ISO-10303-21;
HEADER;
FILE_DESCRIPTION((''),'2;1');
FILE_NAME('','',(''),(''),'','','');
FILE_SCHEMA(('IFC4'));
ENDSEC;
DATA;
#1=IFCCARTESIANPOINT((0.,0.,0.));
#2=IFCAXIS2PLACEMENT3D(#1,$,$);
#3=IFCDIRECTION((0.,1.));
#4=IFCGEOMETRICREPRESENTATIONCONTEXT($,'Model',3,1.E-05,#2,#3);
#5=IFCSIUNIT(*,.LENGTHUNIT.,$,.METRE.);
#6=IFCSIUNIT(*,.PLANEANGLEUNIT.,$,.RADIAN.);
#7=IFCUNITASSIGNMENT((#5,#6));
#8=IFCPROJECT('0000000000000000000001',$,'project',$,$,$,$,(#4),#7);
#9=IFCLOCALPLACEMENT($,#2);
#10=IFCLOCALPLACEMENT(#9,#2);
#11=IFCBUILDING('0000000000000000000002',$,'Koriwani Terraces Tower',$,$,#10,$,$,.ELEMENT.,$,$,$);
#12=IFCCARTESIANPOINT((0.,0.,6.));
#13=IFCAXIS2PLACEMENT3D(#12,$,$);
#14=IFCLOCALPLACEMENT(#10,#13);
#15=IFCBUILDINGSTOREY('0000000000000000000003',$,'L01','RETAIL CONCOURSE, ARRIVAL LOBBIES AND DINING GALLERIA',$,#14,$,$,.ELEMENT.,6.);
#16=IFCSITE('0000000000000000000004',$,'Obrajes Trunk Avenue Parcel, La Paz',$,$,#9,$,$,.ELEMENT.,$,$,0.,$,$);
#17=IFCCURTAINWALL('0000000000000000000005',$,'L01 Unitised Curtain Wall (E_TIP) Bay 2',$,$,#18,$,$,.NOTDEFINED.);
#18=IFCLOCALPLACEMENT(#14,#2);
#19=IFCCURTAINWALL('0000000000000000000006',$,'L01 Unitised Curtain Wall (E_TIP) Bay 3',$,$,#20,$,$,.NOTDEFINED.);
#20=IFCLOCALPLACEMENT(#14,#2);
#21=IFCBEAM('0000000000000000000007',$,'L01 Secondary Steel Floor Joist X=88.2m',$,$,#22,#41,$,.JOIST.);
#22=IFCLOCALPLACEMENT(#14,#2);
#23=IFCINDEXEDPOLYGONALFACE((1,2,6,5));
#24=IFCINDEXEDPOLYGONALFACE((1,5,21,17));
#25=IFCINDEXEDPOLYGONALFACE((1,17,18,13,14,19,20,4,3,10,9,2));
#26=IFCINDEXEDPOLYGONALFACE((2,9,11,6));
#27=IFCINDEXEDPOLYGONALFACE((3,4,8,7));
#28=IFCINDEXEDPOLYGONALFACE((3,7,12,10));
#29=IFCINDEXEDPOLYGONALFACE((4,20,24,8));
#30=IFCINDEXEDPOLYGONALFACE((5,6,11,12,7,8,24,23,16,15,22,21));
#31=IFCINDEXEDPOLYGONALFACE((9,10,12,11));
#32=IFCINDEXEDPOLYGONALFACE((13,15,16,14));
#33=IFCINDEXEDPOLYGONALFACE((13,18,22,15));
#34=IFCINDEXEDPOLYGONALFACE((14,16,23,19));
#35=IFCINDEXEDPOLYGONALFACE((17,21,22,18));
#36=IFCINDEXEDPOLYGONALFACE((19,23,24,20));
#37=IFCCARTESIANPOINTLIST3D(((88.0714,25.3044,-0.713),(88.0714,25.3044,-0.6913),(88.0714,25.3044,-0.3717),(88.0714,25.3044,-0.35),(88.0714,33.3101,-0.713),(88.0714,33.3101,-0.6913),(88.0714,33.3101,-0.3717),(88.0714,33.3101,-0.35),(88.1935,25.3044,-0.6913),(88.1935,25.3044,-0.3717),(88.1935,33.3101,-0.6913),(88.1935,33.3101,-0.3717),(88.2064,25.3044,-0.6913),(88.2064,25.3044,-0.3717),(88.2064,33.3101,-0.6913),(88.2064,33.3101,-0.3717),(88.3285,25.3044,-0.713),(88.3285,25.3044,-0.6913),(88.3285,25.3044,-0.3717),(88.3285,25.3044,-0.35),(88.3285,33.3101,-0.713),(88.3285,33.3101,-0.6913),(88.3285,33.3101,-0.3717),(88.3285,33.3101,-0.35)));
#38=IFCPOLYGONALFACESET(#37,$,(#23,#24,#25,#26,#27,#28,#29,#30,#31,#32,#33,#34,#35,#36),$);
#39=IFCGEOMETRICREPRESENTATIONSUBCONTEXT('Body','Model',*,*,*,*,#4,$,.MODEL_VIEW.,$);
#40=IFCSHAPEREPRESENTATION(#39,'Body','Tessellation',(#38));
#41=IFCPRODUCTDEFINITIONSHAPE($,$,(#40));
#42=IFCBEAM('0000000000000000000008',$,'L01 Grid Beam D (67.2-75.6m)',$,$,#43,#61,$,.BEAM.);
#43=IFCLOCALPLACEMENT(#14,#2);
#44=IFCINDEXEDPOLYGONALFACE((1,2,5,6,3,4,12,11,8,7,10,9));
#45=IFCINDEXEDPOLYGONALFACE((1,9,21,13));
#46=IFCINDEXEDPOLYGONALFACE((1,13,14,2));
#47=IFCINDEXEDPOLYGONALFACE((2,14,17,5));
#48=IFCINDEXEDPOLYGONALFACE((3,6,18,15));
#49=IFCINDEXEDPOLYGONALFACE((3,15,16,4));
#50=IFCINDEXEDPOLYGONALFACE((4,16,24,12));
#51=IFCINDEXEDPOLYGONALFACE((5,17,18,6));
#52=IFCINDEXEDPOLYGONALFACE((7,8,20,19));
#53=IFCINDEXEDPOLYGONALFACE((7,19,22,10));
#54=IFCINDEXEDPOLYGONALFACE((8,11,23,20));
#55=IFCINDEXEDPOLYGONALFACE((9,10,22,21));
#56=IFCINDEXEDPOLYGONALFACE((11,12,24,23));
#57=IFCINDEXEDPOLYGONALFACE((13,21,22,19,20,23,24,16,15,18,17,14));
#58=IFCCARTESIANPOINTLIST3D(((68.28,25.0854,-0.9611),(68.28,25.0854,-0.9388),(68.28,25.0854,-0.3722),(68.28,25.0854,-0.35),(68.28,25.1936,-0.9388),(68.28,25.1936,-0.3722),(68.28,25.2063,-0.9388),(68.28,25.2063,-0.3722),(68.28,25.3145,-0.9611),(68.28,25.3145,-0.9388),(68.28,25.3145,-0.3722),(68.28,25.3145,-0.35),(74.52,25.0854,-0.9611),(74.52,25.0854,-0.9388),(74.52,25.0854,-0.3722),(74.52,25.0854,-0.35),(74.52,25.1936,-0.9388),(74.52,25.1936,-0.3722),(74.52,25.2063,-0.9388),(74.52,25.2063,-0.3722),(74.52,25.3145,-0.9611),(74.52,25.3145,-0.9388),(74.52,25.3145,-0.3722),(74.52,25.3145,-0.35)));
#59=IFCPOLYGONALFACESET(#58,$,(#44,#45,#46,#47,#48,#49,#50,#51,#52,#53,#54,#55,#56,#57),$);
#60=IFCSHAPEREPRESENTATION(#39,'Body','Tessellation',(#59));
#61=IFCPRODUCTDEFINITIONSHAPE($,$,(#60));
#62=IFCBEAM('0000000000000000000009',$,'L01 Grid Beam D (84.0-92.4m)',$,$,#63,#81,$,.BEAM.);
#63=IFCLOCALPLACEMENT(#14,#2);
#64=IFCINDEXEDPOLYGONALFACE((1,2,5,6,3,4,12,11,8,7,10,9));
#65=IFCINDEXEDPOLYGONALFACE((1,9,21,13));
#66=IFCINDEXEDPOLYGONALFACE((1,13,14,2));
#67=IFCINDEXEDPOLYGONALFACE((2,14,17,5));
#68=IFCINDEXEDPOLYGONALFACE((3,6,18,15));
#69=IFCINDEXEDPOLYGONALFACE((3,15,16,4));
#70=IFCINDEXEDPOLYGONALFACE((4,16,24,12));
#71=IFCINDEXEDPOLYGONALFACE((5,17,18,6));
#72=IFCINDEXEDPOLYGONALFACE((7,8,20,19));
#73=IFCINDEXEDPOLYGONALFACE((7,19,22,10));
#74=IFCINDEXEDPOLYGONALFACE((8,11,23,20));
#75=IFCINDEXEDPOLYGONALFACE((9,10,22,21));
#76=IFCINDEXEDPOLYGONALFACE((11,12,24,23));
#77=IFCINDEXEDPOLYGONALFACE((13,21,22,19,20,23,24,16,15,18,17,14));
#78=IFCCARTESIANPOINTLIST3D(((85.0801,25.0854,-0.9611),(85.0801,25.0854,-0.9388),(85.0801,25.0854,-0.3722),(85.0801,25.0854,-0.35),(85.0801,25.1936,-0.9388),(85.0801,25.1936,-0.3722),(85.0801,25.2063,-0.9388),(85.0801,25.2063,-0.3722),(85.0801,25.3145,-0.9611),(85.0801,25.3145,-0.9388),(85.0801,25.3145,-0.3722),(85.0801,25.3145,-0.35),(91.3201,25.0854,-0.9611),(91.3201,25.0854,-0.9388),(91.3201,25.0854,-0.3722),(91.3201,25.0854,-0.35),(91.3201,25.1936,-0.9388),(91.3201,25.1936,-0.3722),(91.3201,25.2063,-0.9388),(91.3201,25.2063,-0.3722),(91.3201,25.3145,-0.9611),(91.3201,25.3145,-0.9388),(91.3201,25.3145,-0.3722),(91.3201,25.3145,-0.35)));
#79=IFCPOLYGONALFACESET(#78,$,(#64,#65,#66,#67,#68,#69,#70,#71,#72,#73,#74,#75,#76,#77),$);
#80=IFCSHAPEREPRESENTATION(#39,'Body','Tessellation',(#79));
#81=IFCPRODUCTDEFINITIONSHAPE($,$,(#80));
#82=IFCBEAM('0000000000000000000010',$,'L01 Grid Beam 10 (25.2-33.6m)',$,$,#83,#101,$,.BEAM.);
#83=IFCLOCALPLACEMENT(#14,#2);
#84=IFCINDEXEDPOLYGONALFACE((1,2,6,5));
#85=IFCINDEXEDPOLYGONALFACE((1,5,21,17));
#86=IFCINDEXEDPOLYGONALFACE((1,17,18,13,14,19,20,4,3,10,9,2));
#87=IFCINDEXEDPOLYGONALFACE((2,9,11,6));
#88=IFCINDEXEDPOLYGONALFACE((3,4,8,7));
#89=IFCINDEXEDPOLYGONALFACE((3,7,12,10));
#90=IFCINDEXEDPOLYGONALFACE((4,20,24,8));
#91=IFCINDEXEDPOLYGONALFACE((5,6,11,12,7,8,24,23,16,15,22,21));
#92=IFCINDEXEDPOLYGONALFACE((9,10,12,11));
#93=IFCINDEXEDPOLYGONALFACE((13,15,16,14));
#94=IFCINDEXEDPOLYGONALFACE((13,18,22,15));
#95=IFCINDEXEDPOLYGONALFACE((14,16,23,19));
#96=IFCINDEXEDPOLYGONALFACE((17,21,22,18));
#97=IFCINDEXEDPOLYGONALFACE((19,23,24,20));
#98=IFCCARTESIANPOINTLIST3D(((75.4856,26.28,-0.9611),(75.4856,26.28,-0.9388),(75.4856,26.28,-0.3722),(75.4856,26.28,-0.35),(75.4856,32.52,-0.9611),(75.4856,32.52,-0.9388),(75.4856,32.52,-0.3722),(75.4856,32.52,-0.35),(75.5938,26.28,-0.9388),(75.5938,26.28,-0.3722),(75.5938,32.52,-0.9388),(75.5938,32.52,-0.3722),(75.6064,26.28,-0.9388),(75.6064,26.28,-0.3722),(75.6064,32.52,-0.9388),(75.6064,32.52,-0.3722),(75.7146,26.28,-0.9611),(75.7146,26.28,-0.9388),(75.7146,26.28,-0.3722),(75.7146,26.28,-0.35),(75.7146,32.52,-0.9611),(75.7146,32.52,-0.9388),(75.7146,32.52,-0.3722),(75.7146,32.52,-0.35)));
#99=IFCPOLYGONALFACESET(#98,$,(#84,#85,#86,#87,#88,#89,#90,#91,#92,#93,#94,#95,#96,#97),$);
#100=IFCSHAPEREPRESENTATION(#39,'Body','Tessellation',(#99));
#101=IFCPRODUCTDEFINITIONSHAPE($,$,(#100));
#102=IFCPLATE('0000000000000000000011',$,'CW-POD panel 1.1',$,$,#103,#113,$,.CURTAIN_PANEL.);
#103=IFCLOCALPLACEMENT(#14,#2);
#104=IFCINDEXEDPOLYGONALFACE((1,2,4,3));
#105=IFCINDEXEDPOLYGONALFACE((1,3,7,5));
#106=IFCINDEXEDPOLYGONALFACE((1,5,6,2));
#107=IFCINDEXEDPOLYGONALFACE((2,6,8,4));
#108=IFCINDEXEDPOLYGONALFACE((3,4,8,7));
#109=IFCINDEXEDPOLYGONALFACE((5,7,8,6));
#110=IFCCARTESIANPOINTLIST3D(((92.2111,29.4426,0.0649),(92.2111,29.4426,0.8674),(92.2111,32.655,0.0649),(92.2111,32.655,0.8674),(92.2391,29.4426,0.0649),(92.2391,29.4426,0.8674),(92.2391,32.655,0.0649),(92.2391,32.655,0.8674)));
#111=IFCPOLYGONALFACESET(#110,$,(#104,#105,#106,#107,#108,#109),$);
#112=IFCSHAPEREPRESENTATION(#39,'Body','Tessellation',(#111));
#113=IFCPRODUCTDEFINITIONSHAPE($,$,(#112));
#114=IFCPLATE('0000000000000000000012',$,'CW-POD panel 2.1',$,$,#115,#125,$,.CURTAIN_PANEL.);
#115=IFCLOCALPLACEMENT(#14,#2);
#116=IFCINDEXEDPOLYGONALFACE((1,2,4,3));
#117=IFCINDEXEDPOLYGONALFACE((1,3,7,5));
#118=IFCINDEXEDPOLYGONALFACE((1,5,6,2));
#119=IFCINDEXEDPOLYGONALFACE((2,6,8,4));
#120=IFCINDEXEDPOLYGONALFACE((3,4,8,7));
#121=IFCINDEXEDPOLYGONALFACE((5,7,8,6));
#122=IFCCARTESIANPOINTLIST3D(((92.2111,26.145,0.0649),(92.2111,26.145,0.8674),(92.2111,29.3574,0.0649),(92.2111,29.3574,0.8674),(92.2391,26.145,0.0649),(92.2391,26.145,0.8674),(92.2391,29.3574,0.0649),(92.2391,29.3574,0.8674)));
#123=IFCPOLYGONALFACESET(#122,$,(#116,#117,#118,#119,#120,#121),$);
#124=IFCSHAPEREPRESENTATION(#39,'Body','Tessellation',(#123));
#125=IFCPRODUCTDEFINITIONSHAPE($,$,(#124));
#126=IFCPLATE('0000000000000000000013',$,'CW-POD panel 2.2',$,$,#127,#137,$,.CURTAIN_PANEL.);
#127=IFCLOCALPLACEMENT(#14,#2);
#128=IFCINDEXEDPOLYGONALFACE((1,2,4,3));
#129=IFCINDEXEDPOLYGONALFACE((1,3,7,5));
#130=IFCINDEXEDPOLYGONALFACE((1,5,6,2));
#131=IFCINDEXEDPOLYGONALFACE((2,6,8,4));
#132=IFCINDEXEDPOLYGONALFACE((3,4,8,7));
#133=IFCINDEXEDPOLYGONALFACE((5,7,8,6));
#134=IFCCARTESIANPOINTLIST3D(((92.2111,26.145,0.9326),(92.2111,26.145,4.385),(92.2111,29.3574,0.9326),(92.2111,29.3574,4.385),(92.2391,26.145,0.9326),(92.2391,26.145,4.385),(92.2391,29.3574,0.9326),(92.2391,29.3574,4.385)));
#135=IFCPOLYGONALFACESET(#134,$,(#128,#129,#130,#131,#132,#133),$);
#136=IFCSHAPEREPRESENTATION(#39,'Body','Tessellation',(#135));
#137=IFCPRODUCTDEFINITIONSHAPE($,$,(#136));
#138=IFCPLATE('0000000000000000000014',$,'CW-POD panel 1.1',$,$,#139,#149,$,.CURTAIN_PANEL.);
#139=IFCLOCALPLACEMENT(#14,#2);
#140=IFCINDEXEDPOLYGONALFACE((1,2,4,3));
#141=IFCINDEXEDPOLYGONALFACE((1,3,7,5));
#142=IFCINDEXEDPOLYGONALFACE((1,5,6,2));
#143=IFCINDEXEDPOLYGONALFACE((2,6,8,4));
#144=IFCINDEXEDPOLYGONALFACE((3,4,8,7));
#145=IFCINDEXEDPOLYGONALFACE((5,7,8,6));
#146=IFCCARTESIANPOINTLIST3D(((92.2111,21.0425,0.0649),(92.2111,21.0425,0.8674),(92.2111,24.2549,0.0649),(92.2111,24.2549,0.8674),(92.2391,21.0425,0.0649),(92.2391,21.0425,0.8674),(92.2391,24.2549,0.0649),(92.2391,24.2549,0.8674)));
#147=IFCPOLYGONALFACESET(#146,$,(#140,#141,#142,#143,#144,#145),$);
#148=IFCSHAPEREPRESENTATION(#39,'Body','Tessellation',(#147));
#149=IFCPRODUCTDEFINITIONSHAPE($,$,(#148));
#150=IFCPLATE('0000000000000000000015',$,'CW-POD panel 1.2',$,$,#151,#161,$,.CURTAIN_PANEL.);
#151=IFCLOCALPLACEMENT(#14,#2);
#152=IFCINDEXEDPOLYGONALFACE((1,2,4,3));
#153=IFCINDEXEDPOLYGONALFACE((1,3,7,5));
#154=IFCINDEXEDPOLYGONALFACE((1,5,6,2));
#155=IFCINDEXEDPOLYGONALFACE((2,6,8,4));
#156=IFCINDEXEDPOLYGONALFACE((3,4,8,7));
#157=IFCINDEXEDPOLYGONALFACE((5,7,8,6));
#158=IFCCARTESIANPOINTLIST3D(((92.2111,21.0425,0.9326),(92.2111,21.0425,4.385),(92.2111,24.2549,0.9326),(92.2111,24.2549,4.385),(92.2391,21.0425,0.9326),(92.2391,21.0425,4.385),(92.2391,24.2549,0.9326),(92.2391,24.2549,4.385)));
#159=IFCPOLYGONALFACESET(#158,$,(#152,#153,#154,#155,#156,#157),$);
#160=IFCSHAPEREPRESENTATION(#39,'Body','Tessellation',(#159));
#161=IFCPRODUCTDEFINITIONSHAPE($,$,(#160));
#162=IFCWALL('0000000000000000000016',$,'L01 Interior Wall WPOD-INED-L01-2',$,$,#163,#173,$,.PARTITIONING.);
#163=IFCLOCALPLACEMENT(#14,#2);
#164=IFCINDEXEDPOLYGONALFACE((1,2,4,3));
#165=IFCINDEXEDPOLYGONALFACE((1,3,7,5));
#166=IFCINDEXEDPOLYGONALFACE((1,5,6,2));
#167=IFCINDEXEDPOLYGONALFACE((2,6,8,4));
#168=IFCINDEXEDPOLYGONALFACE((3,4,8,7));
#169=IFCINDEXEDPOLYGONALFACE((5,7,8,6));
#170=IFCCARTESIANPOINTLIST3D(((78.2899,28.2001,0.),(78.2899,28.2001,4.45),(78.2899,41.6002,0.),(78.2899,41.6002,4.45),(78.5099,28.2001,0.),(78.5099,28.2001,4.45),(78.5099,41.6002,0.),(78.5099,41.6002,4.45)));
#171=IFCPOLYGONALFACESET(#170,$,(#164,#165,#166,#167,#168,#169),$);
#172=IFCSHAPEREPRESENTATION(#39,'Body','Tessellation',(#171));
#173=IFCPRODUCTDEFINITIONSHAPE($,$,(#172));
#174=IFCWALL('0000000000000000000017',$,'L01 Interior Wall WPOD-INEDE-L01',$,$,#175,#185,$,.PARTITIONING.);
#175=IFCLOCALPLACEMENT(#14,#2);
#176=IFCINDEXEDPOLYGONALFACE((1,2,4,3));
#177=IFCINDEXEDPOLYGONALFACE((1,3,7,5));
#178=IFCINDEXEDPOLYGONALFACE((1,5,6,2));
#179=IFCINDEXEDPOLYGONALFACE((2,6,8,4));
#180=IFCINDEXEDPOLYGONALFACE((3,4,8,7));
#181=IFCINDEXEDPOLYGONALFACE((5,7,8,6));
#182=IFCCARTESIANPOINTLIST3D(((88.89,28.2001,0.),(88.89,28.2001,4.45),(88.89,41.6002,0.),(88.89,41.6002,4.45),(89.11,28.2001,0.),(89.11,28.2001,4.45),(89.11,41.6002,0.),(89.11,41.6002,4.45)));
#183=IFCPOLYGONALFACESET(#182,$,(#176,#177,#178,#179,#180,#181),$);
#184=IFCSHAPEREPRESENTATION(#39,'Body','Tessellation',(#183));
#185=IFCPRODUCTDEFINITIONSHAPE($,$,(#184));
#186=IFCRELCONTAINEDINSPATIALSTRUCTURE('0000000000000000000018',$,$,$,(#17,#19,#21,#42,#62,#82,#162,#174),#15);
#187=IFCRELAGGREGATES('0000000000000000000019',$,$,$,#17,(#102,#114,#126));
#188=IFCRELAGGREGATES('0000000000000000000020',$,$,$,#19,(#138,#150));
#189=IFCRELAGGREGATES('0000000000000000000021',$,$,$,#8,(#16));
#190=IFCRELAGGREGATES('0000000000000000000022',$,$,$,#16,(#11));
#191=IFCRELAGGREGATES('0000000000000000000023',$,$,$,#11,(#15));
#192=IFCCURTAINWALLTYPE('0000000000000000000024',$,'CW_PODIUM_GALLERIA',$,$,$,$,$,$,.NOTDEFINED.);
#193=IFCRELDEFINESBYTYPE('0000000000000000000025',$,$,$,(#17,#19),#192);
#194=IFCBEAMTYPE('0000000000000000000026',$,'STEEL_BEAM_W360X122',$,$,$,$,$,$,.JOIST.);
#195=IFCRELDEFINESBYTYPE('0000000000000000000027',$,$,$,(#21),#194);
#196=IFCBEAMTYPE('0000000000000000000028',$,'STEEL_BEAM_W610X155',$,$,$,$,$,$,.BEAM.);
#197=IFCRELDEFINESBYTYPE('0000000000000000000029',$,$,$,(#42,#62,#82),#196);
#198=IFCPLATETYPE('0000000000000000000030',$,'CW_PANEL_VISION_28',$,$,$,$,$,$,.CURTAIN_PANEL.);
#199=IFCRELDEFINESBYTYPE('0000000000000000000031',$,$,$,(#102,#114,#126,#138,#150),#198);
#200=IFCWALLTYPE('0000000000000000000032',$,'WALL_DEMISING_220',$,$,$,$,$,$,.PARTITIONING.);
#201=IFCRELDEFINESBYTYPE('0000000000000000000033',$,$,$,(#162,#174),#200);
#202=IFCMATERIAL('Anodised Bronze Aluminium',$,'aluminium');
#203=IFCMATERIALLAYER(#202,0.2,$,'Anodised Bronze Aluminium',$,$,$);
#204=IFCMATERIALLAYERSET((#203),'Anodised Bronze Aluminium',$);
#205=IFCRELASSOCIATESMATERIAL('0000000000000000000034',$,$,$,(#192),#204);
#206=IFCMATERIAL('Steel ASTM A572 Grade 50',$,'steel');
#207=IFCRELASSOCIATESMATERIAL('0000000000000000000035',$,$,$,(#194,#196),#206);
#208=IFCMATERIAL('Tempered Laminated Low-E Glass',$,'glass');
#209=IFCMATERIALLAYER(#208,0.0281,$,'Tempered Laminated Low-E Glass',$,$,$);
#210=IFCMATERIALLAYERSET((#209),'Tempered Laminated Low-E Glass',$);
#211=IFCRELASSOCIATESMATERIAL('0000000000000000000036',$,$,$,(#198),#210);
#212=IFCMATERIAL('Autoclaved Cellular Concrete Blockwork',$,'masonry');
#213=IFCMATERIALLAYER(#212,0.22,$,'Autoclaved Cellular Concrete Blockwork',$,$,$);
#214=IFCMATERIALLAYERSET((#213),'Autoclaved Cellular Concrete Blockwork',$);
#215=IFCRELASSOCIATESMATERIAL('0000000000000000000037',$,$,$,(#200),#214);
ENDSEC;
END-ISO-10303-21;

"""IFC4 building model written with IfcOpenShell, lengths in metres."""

from ifc_helpers import new_model, si_unit, direction, frame, frame_2d, origin, origin_2d, place, context, subcontext, project, spatial, rectangle, i_section, extrude, material, layer, layer_set, material_profile, profile_set, type_object, element, aggregate, save


model = new_model("IFC4")

# Units and contexts
model_context = context("Model", 3, precision=1e-05, world=origin(), true_north=direction((0.0, 1.0)))
body_context = subcontext(model_context, "Body", "Model", "MODEL_VIEW")
ifc_project = project(units=[si_unit("LENGTHUNIT", "METRE"), si_unit("PLANEANGLEUNIT", "RADIAN")], contexts=[model_context])

# Site, building, storey
site_placement = place(None, origin())
site = spatial("IfcSite", under=ifc_project, at=site_placement, Name="Obrajes Trunk Avenue Parcel, La Paz", CompositionType="ELEMENT", RefElevation=0.0)
building_placement = place(site_placement, origin())
building = spatial("IfcBuilding", under=site, at=building_placement, Name="Koriwani Terraces Tower", CompositionType="ELEMENT")
storey_placement = place(building_placement, frame((0.0, 0.0, 6.0)))
storey = spatial("IfcBuildingStorey", under=building, at=storey_placement, Name="L01", Description="RETAIL CONCOURSE, ARRIVAL LOBBIES AND DINING GALLERIA", CompositionType="ELEMENT", Elevation=6.0)

# Curtain walls
ifc_material_1 = material(Name="Anodised Bronze Aluminium", Category="aluminium")
ifc_layer_1 = layer(ifc_material_1, 0.2, Name="Anodised Bronze Aluminium")
ifc_layer_set_1 = layer_set([ifc_layer_1], Name="Anodised Bronze Aluminium")
curtain_wall_type = type_object("IfcCurtainWallType", Name="CW_PODIUM_GALLERIA", PredefinedType="NOTDEFINED", material=ifc_layer_set_1)
curtain_wall_1_placement = place(storey_placement, origin())
curtain_wall_1 = element("IfcCurtainWall", 1, at=curtain_wall_1_placement, inside=storey, type_object=curtain_wall_type, Name="L01 Unitised Curtain Wall (E_TIP) Bay 2", PredefinedType="NOTDEFINED")
curtain_wall_2_placement = place(storey_placement, origin())
curtain_wall_2 = element("IfcCurtainWall", 2, at=curtain_wall_2_placement, inside=storey, type_object=curtain_wall_type, Name="L01 Unitised Curtain Wall (E_TIP) Bay 3", PredefinedType="NOTDEFINED")

# Beams
ifc_material_2 = material(Name="Steel ASTM A572 Grade 50", Category="steel")
ifc_material_profile_1 = material_profile(ifc_material_2, i_section(OverallWidth=0.2571, OverallDepth=0.363, WebThickness=0.0129, FlangeThickness=0.0217, at=origin_2d()), Name="Steel ASTM A572 Grade 50", Category="LoadBearing")
ifc_profile_set_1 = profile_set([ifc_material_profile_1], Name="Steel ASTM A572 Grade 50")
beam_type_1 = type_object("IfcBeamType", Name="STEEL_BEAM_W360X122", PredefinedType="JOIST", material=ifc_profile_set_1)
for number, where, z_axis, x_axis, name in (
    (3, (88.2, 25.3044, -0.5315), (0.0, 1.0, 0.0), (-1.0, 0.0, 0.0), "L01 Secondary Steel Floor Joist X=88.2m"),
):
    element("IfcBeam", number, at=place(storey_placement, frame(where, z_axis=z_axis, x_axis=x_axis)), inside=storey, type_object=beam_type_1, Name=name, PredefinedType="JOIST", context=body_context, shape_type="SweptSolid", body=[
        extrude(i_section(OverallWidth=0.2571, OverallDepth=0.363, WebThickness=0.0129, FlangeThickness=0.0217, at=origin_2d()), origin(), (0.0, 0.0, 1.0), 8.0056),
    ])
ifc_material_profile_2 = material_profile(ifc_material_2, i_section(OverallWidth=0.229, OverallDepth=0.6111, WebThickness=0.0127, FlangeThickness=0.0222, at=origin_2d()), Name="Steel ASTM A572 Grade 50", Category="LoadBearing")
ifc_profile_set_2 = profile_set([ifc_material_profile_2], Name="Steel ASTM A572 Grade 50")
beam_type_2 = type_object("IfcBeamType", Name="STEEL_BEAM_W610X155", PredefinedType="BEAM", material=ifc_profile_set_2)
for number, where, z_axis, x_axis, name in (
    (4, (68.28, 25.2, -0.6555), (1.0, 0.0, 0.0), (0.0, 1.0, 0.0), "L01 Grid Beam D (67.2-75.6m)"),
    (5, (85.0801, 25.2, -0.6555), (1.0, 0.0, 0.0), (0.0, 1.0, 0.0), "L01 Grid Beam D (84.0-92.4m)"),
    (6, (75.6001, 26.28, -0.6555), (0.0, 1.0, 0.0), (-1.0, 0.0, 0.0), "L01 Grid Beam 10 (25.2-33.6m)"),
):
    element("IfcBeam", number, at=place(storey_placement, frame(where, z_axis=z_axis, x_axis=x_axis)), inside=storey, type_object=beam_type_2, Name=name, PredefinedType="BEAM", context=body_context, shape_type="SweptSolid", body=[
        extrude(i_section(OverallWidth=0.229, OverallDepth=0.6111, WebThickness=0.0127, FlangeThickness=0.0222, at=origin_2d()), origin(), (0.0, 0.0, 1.0), 6.24),
    ])

# Plates
ifc_material_3 = material(Name="Tempered Laminated Low-E Glass", Category="glass")
ifc_layer_2 = layer(ifc_material_3, 0.0281, Name="Tempered Laminated Low-E Glass")
ifc_layer_set_2 = layer_set([ifc_layer_2], Name="Tempered Laminated Low-E Glass")
plate_type = type_object("IfcPlateType", Name="CW_PANEL_VISION_28", PredefinedType="CURTAIN_PANEL", material=ifc_layer_set_2)
plate_1_placement = place(storey_placement, frame((92.2251, 31.0488, 0.0649), z_axis=(0.0, 0.0, 1.0), x_axis=(0.0, -1.0, 0.0)))
plate_1 = element("IfcPlate", 7, at=plate_1_placement, type_object=plate_type, Name="CW-POD panel 1.1", PredefinedType="CURTAIN_PANEL", context=body_context, shape_type="SweptSolid", body=[
    extrude(rectangle(XDim=3.2124, YDim=0.0281, at=origin_2d()), origin(), (0.0, 0.0, 1.0), 0.8025),
])
plate_2_placement = place(storey_placement, frame((92.2251, 27.7512, 0.0649), z_axis=(0.0, 0.0, 1.0), x_axis=(0.0, -1.0, 0.0)))
plate_2 = element("IfcPlate", 8, at=plate_2_placement, type_object=plate_type, Name="CW-POD panel 2.1", PredefinedType="CURTAIN_PANEL", context=body_context, shape_type="SweptSolid", body=[
    extrude(rectangle(XDim=3.2124, YDim=0.0281, at=origin_2d()), origin(), (0.0, 0.0, 1.0), 0.8025),
])
plate_3_placement = place(storey_placement, frame((92.2251, 27.7512, 0.9326), z_axis=(0.0, 0.0, 1.0), x_axis=(0.0, -1.0, 0.0)))
plate_3 = element("IfcPlate", 9, at=plate_3_placement, type_object=plate_type, Name="CW-POD panel 2.2", PredefinedType="CURTAIN_PANEL", context=body_context, shape_type="SweptSolid", body=[
    extrude(rectangle(XDim=3.2124, YDim=0.0281, at=origin_2d()), origin(), (0.0, 0.0, 1.0), 3.4524),
])
aggregate(curtain_wall_1, [plate_1, plate_2, plate_3])
plate_4_placement = place(storey_placement, frame((92.2251, 22.6487, 0.0649), z_axis=(0.0, 0.0, 1.0), x_axis=(0.0, -1.0, 0.0)))
plate_4 = element("IfcPlate", 10, at=plate_4_placement, type_object=plate_type, Name="CW-POD panel 1.1", PredefinedType="CURTAIN_PANEL", context=body_context, shape_type="SweptSolid", body=[
    extrude(rectangle(XDim=3.2124, YDim=0.0281, at=origin_2d()), origin(), (0.0, 0.0, 1.0), 0.8025),
])
plate_5_placement = place(storey_placement, frame((92.2251, 22.6487, 0.9326), z_axis=(0.0, 0.0, 1.0), x_axis=(0.0, -1.0, 0.0)))
plate_5 = element("IfcPlate", 11, at=plate_5_placement, type_object=plate_type, Name="CW-POD panel 1.2", PredefinedType="CURTAIN_PANEL", context=body_context, shape_type="SweptSolid", body=[
    extrude(rectangle(XDim=3.2124, YDim=0.0281, at=origin_2d()), origin(), (0.0, 0.0, 1.0), 3.4524),
])
aggregate(curtain_wall_2, [plate_4, plate_5])

# Walls
ifc_material_4 = material(Name="Autoclaved Cellular Concrete Blockwork", Category="masonry")
ifc_layer_3 = layer(ifc_material_4, 0.22, Name="Autoclaved Cellular Concrete Blockwork")
ifc_layer_set_3 = layer_set([ifc_layer_3], Name="Autoclaved Cellular Concrete Blockwork")
wall_type = type_object("IfcWallType", Name="WALL_DEMISING_220", PredefinedType="PARTITIONING", material=ifc_layer_set_3)
for number, where, z_axis, x_axis, name in (
    (12, (78.3999, 28.2, 0.0), (0.0, 0.0, 1.0), (0.0, 1.0, 0.0), "L01 Interior Wall WPOD-INED-L01-2"),
    (13, (89.0, 28.2, 0.0), (0.0, 0.0, 1.0), (0.0, 1.0, 0.0), "L01 Interior Wall WPOD-INEDE-L01"),
):
    element("IfcWall", number, at=place(storey_placement, frame(where, z_axis=z_axis, x_axis=x_axis)), inside=storey, type_object=wall_type, Name=name, PredefinedType="PARTITIONING", context=body_context, shape_type="SweptSolid", body=[
        extrude(rectangle(XDim=13.4001, YDim=0.22, at=frame_2d((6.7002, 0.0))), origin(), (0.0, 0.0, 1.0), 4.45),
    ])

save(model, "model.ifc")
